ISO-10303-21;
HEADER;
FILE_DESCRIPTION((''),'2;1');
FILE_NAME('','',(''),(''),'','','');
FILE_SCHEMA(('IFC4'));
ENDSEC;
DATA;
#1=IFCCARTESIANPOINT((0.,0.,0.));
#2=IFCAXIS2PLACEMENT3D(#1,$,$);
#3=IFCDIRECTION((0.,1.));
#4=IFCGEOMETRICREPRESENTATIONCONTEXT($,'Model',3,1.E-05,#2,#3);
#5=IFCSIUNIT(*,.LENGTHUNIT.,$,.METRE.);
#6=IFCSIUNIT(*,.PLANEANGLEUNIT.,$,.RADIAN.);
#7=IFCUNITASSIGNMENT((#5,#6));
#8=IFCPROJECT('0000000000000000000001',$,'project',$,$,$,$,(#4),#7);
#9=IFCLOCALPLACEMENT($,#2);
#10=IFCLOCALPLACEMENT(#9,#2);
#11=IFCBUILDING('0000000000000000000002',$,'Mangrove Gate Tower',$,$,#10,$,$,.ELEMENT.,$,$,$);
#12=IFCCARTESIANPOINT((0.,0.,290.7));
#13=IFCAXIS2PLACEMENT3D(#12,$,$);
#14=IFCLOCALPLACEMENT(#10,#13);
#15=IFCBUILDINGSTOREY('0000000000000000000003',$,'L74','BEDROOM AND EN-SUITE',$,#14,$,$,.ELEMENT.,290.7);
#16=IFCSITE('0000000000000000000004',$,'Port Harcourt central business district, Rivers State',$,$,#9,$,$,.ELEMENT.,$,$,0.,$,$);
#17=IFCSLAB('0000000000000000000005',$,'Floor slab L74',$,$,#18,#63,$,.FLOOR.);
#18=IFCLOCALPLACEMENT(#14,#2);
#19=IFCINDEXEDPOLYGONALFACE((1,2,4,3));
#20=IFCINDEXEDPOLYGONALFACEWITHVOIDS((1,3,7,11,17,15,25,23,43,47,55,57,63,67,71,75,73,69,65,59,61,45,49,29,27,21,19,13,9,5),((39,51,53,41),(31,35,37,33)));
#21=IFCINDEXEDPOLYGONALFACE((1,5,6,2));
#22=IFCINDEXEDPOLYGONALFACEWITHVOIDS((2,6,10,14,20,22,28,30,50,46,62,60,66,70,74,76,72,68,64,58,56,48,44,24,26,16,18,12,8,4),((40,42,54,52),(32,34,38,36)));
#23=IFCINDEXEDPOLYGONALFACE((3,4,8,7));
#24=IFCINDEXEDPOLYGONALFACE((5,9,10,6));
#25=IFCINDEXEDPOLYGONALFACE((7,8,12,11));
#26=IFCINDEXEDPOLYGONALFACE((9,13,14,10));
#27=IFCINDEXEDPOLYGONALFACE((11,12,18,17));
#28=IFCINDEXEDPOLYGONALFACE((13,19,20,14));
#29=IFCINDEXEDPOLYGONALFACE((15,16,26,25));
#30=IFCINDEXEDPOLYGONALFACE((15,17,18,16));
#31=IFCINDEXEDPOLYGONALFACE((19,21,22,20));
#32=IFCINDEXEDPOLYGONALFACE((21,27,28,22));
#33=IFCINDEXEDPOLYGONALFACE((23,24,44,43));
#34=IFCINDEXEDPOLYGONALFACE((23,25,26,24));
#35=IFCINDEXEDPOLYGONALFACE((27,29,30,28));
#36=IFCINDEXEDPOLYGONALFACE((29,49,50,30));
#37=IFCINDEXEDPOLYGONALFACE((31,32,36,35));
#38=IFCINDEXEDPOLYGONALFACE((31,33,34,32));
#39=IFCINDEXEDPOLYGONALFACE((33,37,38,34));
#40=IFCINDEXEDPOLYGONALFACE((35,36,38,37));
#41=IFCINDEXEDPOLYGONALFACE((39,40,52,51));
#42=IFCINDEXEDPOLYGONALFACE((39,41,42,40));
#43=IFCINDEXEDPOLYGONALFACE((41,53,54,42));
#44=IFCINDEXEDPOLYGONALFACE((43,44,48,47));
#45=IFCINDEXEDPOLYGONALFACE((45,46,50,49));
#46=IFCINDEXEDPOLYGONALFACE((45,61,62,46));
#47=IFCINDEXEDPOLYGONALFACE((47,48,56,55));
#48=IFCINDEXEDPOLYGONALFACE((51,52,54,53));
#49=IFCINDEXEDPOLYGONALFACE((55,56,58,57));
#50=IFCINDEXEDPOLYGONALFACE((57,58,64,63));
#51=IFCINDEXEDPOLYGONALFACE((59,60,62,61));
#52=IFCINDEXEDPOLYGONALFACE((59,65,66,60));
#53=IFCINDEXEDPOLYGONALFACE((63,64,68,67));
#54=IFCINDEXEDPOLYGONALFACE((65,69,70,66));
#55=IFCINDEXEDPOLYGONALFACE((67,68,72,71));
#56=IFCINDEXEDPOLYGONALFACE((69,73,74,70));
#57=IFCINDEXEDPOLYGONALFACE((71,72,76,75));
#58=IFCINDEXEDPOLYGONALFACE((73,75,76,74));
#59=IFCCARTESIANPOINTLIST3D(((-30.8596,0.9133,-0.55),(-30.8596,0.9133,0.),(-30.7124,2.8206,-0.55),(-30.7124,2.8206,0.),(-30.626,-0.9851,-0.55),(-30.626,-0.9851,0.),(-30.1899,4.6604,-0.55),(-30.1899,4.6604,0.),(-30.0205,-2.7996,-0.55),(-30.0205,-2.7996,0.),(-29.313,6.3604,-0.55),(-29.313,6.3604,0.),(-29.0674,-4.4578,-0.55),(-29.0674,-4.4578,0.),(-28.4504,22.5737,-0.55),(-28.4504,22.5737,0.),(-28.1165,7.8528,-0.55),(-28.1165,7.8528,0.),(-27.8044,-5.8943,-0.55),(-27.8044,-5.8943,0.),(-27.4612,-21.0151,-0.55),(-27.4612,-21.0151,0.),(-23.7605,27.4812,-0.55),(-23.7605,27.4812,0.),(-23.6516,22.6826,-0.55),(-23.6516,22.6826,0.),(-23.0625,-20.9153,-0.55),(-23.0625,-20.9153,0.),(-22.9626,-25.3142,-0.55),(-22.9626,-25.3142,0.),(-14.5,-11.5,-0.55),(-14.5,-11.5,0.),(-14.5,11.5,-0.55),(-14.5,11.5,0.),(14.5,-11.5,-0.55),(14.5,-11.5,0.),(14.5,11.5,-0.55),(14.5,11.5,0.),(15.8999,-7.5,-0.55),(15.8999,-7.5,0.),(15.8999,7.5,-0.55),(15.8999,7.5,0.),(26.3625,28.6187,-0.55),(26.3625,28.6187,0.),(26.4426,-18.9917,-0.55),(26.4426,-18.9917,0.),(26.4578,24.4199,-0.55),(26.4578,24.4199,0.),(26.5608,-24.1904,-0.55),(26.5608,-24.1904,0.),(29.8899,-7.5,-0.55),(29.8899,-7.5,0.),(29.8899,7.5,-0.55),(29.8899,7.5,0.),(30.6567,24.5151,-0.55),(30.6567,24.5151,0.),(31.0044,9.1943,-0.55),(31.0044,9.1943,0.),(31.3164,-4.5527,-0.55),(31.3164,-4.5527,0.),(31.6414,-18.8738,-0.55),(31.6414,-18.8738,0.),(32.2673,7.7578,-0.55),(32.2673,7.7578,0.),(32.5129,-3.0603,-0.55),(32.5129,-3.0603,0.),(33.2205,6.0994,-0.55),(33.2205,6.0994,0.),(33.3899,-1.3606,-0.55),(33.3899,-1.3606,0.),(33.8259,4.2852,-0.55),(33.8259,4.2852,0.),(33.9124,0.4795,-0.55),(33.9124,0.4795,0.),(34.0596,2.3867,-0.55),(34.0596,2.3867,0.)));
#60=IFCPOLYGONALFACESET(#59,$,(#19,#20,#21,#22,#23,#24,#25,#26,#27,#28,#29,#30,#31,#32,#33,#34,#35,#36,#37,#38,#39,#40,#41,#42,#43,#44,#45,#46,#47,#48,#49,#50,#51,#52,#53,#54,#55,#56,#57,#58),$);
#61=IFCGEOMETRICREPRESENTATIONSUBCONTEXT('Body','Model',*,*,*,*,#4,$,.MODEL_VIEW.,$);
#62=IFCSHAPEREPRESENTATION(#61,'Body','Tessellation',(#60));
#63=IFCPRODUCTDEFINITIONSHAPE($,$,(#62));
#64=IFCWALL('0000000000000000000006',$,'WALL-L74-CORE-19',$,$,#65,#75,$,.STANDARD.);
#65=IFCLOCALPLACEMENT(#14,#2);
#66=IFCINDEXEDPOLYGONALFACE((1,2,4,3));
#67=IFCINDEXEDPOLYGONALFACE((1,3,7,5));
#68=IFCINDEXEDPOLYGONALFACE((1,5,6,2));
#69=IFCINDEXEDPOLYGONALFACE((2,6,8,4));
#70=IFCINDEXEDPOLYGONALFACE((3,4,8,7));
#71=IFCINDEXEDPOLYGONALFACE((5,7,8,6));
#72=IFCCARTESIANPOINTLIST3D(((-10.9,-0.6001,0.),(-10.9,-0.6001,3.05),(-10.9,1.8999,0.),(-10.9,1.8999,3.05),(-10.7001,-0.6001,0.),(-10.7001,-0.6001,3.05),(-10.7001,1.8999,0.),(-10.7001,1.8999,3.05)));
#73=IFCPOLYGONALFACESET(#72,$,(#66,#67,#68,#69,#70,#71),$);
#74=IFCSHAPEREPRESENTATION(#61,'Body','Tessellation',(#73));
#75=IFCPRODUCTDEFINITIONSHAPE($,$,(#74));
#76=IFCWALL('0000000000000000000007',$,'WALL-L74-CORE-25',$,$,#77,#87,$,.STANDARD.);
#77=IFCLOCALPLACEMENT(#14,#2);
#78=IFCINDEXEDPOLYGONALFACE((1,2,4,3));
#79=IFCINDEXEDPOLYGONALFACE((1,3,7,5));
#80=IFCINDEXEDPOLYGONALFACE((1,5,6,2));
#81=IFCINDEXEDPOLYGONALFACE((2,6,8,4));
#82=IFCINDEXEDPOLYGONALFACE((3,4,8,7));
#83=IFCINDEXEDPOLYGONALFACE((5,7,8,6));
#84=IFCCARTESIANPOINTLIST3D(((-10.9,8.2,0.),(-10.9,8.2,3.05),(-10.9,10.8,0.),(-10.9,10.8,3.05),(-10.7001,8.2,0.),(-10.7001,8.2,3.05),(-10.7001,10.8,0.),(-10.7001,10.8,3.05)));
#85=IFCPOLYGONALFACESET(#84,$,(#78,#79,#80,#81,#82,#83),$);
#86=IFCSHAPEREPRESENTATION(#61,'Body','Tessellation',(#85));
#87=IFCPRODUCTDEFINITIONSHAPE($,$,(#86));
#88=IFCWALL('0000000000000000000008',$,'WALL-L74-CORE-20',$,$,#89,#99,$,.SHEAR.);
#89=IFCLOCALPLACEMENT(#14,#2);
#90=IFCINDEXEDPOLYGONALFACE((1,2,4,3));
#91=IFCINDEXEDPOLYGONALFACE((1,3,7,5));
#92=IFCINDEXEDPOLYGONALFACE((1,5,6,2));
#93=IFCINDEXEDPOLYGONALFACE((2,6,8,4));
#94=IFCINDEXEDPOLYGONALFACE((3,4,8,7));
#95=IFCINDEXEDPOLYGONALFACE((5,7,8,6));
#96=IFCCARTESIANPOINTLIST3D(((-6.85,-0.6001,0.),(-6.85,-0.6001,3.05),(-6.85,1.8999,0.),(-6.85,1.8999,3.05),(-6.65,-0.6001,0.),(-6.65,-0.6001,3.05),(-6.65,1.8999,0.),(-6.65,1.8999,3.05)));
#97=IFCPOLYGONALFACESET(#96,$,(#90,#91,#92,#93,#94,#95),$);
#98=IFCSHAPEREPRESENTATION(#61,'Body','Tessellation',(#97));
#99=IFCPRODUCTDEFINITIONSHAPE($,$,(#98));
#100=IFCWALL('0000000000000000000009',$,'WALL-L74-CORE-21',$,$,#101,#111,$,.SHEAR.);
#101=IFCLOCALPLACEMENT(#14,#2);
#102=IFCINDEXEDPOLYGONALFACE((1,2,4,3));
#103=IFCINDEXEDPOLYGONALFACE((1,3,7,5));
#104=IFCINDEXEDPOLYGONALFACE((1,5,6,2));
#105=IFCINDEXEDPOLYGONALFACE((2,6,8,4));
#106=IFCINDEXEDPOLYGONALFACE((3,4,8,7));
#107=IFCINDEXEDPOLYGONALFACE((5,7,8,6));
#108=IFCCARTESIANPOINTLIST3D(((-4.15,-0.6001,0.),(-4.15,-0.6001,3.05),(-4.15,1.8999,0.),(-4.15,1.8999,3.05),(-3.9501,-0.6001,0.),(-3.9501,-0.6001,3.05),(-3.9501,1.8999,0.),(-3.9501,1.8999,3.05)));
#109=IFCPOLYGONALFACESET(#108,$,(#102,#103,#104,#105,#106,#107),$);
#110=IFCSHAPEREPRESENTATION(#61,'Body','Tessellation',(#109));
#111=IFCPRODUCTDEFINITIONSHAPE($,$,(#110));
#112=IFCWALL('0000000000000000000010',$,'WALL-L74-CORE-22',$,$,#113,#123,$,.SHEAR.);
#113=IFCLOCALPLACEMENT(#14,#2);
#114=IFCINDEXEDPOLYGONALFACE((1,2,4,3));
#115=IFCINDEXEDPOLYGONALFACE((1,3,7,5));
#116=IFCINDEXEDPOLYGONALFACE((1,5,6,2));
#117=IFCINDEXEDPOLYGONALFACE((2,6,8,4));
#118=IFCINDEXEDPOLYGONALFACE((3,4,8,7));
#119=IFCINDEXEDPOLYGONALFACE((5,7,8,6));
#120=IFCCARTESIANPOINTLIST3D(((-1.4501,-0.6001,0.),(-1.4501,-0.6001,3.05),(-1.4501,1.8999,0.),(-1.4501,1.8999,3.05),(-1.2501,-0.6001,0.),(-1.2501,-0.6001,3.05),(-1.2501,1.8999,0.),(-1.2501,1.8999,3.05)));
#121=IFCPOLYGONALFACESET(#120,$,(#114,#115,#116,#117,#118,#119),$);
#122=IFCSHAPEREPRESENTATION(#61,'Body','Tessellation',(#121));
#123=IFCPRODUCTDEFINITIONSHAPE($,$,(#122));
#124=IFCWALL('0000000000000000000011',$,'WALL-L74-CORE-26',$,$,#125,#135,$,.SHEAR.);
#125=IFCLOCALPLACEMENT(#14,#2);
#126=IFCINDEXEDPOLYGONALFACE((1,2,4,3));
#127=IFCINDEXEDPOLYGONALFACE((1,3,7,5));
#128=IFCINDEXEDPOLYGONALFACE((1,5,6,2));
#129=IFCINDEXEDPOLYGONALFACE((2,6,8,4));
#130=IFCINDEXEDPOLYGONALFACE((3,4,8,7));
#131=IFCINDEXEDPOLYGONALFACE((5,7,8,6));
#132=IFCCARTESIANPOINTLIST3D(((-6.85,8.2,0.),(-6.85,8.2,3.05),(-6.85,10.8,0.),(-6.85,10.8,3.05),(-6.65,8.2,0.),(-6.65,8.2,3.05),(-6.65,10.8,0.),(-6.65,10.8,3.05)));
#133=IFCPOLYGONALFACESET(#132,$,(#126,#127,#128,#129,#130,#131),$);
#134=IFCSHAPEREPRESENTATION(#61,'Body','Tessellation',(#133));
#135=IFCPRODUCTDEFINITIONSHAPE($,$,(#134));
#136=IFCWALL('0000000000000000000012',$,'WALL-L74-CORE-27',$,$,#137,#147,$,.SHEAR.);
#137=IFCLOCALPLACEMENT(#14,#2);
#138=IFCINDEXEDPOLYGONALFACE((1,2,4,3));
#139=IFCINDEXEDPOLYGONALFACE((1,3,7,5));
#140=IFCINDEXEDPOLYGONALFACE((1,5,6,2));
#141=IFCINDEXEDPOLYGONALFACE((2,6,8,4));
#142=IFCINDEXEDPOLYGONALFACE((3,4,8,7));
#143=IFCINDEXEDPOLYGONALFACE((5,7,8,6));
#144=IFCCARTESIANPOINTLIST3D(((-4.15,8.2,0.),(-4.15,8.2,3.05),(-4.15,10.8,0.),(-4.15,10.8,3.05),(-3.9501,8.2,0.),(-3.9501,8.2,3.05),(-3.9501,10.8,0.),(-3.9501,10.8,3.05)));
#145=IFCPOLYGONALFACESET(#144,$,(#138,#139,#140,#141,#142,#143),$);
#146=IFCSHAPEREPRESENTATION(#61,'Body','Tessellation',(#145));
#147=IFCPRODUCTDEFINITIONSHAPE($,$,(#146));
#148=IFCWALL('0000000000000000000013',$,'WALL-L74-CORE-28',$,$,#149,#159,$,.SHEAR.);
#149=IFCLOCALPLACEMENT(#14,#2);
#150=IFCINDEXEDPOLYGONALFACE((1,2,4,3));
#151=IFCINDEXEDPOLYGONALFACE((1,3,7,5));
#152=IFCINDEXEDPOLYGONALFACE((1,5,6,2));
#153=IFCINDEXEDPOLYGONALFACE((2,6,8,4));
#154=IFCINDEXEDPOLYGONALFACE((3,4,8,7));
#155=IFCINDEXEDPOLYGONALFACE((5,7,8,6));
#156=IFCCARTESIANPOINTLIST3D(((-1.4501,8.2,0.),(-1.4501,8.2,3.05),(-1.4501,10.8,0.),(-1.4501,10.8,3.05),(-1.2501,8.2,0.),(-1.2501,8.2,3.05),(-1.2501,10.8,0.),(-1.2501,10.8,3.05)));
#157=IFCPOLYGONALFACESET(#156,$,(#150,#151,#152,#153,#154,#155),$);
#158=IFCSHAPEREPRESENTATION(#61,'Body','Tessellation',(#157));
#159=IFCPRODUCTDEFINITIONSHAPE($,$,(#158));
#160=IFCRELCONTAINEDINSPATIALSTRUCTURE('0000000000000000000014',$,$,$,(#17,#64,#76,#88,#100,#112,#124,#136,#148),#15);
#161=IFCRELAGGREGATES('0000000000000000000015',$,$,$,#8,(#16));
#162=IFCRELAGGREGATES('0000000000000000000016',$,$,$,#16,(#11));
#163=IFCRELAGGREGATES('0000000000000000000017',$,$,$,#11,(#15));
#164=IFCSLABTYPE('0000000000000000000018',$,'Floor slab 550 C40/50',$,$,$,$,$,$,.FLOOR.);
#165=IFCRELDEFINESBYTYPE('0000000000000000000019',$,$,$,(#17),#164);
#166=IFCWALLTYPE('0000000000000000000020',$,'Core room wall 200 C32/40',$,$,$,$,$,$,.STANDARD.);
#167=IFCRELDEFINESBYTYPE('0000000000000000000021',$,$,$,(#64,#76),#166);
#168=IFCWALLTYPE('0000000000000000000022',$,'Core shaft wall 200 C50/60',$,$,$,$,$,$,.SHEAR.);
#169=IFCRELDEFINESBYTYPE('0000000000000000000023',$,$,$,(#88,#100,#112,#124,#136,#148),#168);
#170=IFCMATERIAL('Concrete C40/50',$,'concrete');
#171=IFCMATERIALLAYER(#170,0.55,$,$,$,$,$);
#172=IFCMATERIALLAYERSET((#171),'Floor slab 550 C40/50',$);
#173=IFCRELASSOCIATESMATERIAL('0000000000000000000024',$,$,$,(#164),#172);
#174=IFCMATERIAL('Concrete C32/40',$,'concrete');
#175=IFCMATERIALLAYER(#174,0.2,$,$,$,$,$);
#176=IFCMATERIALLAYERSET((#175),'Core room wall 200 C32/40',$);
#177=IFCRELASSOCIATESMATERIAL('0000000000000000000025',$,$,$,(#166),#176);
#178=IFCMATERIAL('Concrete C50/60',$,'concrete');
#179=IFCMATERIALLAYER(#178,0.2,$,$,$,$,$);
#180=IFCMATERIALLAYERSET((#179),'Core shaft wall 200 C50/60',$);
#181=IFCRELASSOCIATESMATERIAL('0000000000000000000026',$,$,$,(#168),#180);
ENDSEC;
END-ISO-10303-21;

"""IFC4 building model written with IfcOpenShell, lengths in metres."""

from ifc_helpers import new_model, si_unit, direction, frame, frame_2d, origin, place, context, subcontext, project, spatial, polyline, rectangle, outline, extrude, material, layer, layer_set, type_object, element, save


model = new_model("IFC4")

# Units and contexts
model_context = context("Model", 3, precision=1e-05, world=origin(), true_north=direction((0.0, 1.0)))
body_context = subcontext(model_context, "Body", "Model", "MODEL_VIEW")
ifc_project = project(units=[si_unit("LENGTHUNIT", "METRE"), si_unit("PLANEANGLEUNIT", "RADIAN")], contexts=[model_context])

# Site, building, storey
site_placement = place(None, origin())
site = spatial("IfcSite", under=ifc_project, at=site_placement, Name="Port Harcourt central business district, Rivers State", CompositionType="ELEMENT", RefElevation=0.0)
building_placement = place(site_placement, origin())
building = spatial("IfcBuilding", under=site, at=building_placement, Name="Mangrove Gate Tower", CompositionType="ELEMENT")
storey_placement = place(building_placement, frame((0.0, 0.0, 290.7)))
storey = spatial("IfcBuildingStorey", under=building, at=storey_placement, Name="L74", Description="BEDROOM AND EN-SUITE", CompositionType="ELEMENT", Elevation=290.7)

# Slab
ifc_material_1 = material(Name="Concrete C40/50", Category="concrete")
ifc_layer_1 = layer(ifc_material_1, 0.55)
ifc_layer_set_1 = layer_set([ifc_layer_1], Name="Floor slab 550 C40/50")
slab_type = type_object("IfcSlabType", Name="Floor slab 550 C40/50", PredefinedType="FLOOR", material=ifc_layer_set_1)
slab_placement = place(storey_placement, frame((0.0, 0.0, -0.55)))
element("IfcSlab", 1, at=slab_placement, inside=storey, type_object=slab_type, Name="Floor slab L74", PredefinedType="FLOOR", context=body_context, shape_type="SweptSolid", body=[
    extrude(outline(polyline([(-22.9626, -25.3142), (26.5608, -24.1904), (26.4426, -18.9917), (31.6414, -18.8738), (31.3164, -4.5527), (32.5129, -3.0603), (33.3899, -1.3606), (33.9124, 0.4795), (34.0596, 2.3867), (33.8259, 4.2852), (33.2205, 6.0994), (32.2673, 7.7578), (31.0044, 9.1943), (30.6567, 24.5151), (26.4578, 24.4199), (26.3625, 28.6187), (-23.7605, 27.4812), (-23.6516, 22.6826), (-28.4504, 22.5737), (-28.1165, 7.8528), (-29.313, 6.3604), (-30.1899, 4.6604), (-30.7124, 2.8206), (-30.8596, 0.9133), (-30.626, -0.9851), (-30.0205, -2.7996), (-29.0674, -4.4578), (-27.8044, -5.8943), (-27.4612, -21.0151), (-23.0625, -20.9153), (-22.9626, -25.3142)]), holes=[polyline([(15.8999, 7.5), (29.8899, 7.5), (29.8899, -7.5), (15.8999, -7.5), (15.8999, 7.5)]), polyline([(-14.5, -11.5), (-14.5, 11.5), (14.5, 11.5), (14.5, -11.5), (-14.5, -11.5)])]), origin(), (0.0, 0.0, 1.0), 0.55),
])

# Walls
ifc_material_2 = material(Name="Concrete C32/40", Category="concrete")
ifc_layer_2 = layer(ifc_material_2, 0.2)
ifc_layer_set_2 = layer_set([ifc_layer_2], Name="Core room wall 200 C32/40")
wall_type_1 = type_object("IfcWallType", Name="Core room wall 200 C32/40", PredefinedType="STANDARD", material=ifc_layer_set_2)
wall_1_placement = place(storey_placement, frame((-10.8, -0.6001, 0.0), z_axis=(0.0, 0.0, 1.0), x_axis=(0.0, 1.0, 0.0)))
element("IfcWall", 2, at=wall_1_placement, inside=storey, type_object=wall_type_1, Name="WALL-L74-CORE-19", PredefinedType="STANDARD", context=body_context, shape_type="SweptSolid", body=[
    extrude(rectangle(XDim=2.5, YDim=0.2, at=frame_2d((1.25, 0.0))), origin(), (0.0, 0.0, 1.0), 3.05),
])
wall_2_placement = place(storey_placement, frame((-10.8, 8.2, 0.0), z_axis=(0.0, 0.0, 1.0), x_axis=(0.0, 1.0, 0.0)))
element("IfcWall", 3, at=wall_2_placement, inside=storey, type_object=wall_type_1, Name="WALL-L74-CORE-25", PredefinedType="STANDARD", context=body_context, shape_type="SweptSolid", body=[
    extrude(rectangle(XDim=2.6001, YDim=0.2, at=frame_2d((1.3, 0.0))), origin(), (0.0, 0.0, 1.0), 3.05),
])
ifc_material_3 = material(Name="Concrete C50/60", Category="concrete")
ifc_layer_3 = layer(ifc_material_3, 0.2)
ifc_layer_set_3 = layer_set([ifc_layer_3], Name="Core shaft wall 200 C50/60")
wall_type_2 = type_object("IfcWallType", Name="Core shaft wall 200 C50/60", PredefinedType="SHEAR", material=ifc_layer_set_3)
for number, where, z_axis, x_axis, name in (
    (4, (-6.75, -0.6001, 0.0), (0.0, 0.0, 1.0), (0.0, 1.0, 0.0), "WALL-L74-CORE-20"),
    (5, (-4.05, -0.6001, 0.0), (0.0, 0.0, 1.0), (0.0, 1.0, 0.0), "WALL-L74-CORE-21"),
    (6, (-1.3501, -0.6001, 0.0), (0.0, 0.0, 1.0), (0.0, 1.0, 0.0), "WALL-L74-CORE-22"),
):
    element("IfcWall", number, at=place(storey_placement, frame(where, z_axis=z_axis, x_axis=x_axis)), inside=storey, type_object=wall_type_2, Name=name, PredefinedType="SHEAR", context=body_context, shape_type="SweptSolid", body=[
        extrude(rectangle(XDim=2.5, YDim=0.2, at=frame_2d((1.25, 0.0))), origin(), (0.0, 0.0, 1.0), 3.05),
    ])
for number, where, z_axis, x_axis, name in (
    (7, (-6.75, 8.2, 0.0), (0.0, 0.0, 1.0), (0.0, 1.0, 0.0), "WALL-L74-CORE-26"),
    (8, (-4.05, 8.2, 0.0), (0.0, 0.0, 1.0), (0.0, 1.0, 0.0), "WALL-L74-CORE-27"),
    (9, (-1.3501, 8.2, 0.0), (0.0, 0.0, 1.0), (0.0, 1.0, 0.0), "WALL-L74-CORE-28"),
):
    element("IfcWall", number, at=place(storey_placement, frame(where, z_axis=z_axis, x_axis=x_axis)), inside=storey, type_object=wall_type_2, Name=name, PredefinedType="SHEAR", context=body_context, shape_type="SweptSolid", body=[
        extrude(rectangle(XDim=2.6001, YDim=0.2, at=frame_2d((1.3, 0.0))), origin(), (0.0, 0.0, 1.0), 3.05),
    ])

save(model, "model.ifc")
